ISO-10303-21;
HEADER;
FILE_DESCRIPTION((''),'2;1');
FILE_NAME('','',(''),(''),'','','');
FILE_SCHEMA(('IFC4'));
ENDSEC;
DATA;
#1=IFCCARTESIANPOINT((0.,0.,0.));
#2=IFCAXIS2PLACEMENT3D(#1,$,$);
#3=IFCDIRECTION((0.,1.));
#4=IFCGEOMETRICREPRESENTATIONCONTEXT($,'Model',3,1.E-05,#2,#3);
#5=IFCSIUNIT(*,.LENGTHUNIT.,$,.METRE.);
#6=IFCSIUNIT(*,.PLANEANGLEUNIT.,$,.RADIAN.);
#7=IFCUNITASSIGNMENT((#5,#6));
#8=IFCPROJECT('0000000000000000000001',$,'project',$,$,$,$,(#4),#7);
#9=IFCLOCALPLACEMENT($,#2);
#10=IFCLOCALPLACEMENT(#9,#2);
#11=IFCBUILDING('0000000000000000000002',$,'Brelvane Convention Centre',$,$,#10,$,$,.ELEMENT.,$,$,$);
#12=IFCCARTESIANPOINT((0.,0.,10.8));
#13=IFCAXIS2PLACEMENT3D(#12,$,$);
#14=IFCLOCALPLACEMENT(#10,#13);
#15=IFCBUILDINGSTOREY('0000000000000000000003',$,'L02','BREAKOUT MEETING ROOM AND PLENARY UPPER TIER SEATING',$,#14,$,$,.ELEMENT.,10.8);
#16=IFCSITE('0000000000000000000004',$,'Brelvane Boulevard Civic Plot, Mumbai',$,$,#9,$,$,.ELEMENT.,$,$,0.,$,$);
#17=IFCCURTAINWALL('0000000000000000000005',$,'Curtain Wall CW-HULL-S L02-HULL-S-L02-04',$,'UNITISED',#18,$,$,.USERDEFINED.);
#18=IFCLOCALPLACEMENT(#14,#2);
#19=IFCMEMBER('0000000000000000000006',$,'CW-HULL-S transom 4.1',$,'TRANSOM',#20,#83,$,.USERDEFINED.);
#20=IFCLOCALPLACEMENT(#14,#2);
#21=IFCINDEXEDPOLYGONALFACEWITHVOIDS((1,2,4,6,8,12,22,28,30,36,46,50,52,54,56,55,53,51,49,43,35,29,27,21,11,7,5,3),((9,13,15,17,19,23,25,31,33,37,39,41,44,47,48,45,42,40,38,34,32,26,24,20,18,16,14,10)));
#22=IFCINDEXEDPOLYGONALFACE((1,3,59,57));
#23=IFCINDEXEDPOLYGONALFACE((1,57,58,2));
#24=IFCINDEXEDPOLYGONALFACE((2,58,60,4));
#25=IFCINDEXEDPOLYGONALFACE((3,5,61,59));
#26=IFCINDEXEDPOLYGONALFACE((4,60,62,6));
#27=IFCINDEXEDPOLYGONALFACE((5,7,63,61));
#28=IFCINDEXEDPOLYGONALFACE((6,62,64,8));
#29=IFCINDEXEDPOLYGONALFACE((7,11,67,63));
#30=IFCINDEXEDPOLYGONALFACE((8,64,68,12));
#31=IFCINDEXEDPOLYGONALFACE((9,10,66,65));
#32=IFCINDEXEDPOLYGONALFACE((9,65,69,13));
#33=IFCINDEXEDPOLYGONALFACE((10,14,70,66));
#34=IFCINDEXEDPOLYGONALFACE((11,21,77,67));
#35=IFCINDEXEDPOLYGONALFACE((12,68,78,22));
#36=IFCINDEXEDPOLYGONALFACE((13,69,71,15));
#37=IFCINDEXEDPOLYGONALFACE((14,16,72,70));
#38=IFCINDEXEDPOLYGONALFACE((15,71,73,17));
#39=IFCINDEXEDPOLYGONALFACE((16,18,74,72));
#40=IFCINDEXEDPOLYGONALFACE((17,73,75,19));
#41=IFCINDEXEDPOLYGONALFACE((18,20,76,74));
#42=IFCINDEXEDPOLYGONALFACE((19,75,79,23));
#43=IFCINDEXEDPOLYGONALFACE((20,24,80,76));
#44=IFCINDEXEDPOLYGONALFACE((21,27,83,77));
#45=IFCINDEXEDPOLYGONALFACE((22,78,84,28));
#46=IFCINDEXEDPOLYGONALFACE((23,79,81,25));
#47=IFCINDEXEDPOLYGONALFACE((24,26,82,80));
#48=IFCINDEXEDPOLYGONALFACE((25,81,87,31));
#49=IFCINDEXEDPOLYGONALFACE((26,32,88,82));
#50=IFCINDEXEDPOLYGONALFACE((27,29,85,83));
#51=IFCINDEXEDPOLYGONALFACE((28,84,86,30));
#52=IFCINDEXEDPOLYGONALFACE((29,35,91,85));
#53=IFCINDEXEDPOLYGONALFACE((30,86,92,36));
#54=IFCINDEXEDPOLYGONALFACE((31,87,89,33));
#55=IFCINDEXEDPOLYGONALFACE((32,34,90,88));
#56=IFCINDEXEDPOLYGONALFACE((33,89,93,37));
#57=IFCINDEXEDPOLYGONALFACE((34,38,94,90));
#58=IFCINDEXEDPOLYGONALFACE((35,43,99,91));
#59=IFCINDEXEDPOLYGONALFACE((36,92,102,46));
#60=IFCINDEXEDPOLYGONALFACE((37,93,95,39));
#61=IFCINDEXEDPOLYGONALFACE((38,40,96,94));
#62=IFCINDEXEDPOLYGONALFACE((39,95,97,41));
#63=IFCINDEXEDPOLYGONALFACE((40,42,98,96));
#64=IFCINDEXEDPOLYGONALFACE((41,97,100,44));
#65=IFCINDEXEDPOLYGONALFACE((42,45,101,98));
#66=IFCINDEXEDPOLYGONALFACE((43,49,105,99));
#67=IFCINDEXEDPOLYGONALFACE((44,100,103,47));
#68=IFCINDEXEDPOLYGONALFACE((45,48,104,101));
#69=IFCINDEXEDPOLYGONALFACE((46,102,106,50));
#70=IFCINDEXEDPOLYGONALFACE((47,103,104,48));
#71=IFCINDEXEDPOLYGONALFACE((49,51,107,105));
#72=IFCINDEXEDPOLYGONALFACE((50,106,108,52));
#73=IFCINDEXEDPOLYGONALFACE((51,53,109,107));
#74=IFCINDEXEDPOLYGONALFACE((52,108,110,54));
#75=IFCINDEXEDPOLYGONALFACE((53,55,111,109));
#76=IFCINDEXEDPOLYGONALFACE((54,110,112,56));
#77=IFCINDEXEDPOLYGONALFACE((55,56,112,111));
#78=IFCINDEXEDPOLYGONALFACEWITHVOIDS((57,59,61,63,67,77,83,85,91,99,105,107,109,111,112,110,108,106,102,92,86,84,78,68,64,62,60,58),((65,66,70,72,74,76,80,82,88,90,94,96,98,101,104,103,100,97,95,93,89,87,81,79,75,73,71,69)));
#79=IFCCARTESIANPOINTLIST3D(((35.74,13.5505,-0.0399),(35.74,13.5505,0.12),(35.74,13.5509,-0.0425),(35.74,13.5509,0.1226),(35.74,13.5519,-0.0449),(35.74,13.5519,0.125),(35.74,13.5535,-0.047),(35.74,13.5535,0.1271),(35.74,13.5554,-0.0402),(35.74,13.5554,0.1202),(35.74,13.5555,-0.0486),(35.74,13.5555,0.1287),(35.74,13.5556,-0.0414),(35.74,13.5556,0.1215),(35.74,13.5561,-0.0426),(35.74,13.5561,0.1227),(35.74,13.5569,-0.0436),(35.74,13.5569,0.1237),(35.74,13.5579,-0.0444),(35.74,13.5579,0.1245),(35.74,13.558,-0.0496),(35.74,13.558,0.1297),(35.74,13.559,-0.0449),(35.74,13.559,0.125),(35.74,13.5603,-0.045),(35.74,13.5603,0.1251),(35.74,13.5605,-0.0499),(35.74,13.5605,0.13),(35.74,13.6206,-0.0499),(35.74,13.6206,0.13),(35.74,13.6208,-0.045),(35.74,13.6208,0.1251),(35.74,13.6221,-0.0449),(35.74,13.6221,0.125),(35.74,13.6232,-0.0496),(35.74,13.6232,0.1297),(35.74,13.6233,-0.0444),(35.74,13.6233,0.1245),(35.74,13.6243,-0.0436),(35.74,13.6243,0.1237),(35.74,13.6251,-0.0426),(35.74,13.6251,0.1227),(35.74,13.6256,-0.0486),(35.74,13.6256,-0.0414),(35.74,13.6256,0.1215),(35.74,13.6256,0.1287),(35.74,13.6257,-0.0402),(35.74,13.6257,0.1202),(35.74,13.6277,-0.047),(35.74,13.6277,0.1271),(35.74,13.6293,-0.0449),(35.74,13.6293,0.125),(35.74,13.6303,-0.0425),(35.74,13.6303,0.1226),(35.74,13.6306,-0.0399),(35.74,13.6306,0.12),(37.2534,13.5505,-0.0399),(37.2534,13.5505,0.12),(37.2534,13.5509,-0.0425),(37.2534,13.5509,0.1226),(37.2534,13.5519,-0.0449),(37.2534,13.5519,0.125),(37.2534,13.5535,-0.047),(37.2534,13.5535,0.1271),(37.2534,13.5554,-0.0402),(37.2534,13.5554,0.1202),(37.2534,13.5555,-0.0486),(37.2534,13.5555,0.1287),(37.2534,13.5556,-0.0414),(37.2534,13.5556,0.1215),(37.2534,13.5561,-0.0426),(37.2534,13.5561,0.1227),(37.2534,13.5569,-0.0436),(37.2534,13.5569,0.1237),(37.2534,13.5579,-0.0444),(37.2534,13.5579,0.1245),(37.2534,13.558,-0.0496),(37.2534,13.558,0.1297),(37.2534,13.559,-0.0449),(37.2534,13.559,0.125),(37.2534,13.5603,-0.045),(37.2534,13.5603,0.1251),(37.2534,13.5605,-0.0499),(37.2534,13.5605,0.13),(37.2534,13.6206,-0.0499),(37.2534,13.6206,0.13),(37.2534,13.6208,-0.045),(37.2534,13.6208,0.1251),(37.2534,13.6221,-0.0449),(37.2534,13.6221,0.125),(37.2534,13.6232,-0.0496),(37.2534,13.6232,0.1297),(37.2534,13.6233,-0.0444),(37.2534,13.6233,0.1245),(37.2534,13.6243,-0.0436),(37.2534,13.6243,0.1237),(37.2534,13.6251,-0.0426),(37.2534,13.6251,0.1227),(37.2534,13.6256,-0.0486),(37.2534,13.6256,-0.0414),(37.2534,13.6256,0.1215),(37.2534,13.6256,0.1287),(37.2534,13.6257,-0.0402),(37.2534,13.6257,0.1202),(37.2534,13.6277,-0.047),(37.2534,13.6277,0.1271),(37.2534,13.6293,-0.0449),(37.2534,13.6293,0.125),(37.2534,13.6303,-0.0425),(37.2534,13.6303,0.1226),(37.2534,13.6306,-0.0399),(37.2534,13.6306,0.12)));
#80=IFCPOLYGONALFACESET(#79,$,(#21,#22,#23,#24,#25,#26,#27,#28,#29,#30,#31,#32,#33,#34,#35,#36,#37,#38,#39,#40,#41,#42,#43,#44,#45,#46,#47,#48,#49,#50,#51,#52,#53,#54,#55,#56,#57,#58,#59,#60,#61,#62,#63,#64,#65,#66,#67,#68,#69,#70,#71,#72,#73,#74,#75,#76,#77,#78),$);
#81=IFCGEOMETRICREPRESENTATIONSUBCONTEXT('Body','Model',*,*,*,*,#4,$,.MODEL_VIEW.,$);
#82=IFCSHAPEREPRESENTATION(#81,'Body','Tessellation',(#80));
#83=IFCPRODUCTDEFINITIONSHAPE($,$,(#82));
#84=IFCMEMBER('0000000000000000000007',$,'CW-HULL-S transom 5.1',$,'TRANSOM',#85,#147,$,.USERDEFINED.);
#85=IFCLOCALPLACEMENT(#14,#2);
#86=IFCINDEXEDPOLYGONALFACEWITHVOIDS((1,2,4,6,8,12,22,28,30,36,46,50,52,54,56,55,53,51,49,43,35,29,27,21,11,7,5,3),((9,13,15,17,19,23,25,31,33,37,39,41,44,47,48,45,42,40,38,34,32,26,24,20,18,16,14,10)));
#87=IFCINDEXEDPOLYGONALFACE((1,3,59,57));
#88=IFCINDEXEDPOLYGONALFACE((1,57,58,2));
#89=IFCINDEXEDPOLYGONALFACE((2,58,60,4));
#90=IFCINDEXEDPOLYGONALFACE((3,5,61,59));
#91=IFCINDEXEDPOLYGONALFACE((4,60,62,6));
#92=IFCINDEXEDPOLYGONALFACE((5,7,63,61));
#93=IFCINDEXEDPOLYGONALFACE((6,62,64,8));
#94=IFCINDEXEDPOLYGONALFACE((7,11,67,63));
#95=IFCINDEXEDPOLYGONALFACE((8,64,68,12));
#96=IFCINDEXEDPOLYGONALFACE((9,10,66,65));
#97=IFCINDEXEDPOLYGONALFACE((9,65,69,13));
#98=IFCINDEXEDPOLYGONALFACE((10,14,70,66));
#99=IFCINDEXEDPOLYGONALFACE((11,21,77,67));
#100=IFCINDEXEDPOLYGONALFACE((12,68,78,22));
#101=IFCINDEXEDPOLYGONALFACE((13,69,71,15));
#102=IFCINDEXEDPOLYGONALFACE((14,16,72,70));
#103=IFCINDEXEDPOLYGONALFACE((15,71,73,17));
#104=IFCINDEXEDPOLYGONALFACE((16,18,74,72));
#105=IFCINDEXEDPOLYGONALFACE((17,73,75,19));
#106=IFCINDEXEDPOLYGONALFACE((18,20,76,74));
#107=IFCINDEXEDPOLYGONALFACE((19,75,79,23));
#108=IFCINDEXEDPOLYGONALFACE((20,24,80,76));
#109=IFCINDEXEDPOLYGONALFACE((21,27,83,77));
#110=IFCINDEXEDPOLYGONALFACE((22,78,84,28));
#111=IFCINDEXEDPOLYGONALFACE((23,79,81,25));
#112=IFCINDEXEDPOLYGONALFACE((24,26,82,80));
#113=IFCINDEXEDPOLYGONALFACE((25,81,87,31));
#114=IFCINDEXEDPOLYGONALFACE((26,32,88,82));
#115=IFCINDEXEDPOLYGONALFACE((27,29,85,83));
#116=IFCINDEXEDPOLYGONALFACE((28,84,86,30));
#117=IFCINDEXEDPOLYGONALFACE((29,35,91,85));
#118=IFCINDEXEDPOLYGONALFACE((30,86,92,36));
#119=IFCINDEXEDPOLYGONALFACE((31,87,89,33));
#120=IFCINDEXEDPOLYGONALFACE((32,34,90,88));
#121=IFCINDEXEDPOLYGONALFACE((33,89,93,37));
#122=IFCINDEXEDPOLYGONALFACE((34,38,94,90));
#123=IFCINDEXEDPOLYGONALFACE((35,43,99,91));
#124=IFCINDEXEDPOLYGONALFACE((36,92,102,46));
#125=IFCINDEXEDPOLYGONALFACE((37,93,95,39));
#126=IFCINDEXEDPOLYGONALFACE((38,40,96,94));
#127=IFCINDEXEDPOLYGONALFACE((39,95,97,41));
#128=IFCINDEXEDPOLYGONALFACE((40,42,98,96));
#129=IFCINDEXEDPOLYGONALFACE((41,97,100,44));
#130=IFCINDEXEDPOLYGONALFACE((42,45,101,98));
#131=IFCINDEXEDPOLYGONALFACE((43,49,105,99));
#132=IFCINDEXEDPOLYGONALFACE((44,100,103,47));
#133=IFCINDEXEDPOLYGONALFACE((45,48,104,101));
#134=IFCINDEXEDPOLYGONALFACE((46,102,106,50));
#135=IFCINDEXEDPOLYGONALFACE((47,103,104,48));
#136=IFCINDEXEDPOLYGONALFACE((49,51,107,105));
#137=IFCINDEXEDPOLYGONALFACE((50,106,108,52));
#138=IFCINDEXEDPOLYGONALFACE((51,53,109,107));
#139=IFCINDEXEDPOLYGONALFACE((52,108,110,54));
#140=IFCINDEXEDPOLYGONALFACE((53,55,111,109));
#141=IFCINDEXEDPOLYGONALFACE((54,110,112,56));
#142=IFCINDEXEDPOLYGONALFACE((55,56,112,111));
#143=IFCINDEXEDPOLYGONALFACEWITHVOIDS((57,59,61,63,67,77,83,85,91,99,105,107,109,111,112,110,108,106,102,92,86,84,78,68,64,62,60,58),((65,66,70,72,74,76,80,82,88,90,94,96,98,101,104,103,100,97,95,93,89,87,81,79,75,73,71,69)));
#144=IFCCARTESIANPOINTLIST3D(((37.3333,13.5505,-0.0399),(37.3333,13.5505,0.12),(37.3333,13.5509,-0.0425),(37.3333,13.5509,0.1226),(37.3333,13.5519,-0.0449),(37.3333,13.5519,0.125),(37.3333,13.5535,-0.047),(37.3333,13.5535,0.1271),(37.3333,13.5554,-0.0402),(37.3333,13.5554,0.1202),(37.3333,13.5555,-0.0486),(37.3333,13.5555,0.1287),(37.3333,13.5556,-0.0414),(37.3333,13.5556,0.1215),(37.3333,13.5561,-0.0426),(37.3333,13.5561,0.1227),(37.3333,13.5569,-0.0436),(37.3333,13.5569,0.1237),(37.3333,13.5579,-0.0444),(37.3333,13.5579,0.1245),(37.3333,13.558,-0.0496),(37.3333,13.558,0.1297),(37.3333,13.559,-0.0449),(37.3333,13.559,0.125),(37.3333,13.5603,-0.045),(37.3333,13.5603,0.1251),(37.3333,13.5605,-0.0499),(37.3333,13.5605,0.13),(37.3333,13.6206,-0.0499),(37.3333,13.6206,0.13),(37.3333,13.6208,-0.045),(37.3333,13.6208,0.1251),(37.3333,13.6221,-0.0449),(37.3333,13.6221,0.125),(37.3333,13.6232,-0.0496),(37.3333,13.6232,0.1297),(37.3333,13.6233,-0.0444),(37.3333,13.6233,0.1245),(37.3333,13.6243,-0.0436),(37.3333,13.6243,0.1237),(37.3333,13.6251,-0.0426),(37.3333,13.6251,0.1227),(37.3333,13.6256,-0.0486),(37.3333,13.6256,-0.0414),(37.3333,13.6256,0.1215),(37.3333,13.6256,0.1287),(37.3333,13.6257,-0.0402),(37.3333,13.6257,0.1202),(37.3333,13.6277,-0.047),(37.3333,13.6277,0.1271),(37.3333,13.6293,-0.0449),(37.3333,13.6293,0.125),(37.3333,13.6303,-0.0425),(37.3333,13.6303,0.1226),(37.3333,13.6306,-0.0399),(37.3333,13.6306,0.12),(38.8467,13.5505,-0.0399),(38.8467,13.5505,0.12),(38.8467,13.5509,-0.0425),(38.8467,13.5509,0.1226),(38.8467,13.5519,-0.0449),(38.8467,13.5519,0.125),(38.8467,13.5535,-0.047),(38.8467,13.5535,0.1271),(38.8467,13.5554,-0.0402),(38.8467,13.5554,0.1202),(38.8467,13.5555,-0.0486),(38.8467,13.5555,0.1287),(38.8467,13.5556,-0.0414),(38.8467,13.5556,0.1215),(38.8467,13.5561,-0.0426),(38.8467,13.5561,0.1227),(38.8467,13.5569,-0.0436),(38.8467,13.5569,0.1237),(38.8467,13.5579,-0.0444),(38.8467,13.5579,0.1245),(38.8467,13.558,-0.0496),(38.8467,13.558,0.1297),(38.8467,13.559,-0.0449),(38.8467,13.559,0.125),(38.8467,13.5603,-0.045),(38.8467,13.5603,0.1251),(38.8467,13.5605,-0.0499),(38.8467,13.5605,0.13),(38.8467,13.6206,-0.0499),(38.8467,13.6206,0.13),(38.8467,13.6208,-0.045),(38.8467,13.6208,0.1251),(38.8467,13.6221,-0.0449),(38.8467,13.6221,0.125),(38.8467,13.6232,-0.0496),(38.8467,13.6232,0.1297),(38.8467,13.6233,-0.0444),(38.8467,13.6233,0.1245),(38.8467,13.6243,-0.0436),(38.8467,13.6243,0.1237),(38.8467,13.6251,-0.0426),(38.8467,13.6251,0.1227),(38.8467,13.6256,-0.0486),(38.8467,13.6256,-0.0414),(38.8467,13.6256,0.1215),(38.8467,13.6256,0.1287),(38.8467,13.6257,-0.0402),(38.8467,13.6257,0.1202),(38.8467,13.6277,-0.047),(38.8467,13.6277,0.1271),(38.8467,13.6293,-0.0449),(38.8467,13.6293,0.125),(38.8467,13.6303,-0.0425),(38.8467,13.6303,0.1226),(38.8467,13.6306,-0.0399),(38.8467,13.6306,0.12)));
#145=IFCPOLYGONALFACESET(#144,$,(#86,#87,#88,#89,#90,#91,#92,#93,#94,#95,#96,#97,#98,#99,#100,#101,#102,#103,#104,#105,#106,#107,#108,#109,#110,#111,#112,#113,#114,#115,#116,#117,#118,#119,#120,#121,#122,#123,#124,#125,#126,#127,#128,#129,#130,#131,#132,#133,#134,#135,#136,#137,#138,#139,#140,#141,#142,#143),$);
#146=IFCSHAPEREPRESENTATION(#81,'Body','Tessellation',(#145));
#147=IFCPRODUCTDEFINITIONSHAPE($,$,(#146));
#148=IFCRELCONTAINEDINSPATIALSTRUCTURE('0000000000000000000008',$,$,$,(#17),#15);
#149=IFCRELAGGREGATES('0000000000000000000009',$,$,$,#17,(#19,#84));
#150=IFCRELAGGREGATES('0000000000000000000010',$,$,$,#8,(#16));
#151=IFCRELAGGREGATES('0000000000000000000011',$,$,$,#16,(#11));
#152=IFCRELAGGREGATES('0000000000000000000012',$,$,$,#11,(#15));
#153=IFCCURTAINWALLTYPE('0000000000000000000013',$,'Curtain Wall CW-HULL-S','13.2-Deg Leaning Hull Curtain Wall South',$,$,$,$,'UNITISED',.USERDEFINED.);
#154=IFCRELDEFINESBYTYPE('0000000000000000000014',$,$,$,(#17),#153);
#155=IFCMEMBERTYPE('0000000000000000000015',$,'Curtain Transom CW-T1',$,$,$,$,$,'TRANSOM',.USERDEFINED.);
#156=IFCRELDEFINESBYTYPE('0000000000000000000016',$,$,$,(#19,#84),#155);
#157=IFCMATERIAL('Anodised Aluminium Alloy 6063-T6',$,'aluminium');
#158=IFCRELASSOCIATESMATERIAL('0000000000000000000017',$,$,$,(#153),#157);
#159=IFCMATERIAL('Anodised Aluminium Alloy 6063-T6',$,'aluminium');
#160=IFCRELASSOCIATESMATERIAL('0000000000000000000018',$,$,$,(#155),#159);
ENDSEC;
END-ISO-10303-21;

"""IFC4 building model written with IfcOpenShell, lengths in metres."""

from ifc_helpers import new_model, si_unit, direction, frame, origin, origin_2d, place, context, subcontext, project, spatial, hollow_rectangle, extrude, material, material_profile, profile_set, type_object, element, aggregate, save


model = new_model("IFC4")

# Units and contexts
model_context = context("Model", 3, precision=1e-05, world=origin(), true_north=direction((0.0, 1.0)))
body_context = subcontext(model_context, "Body", "Model", "MODEL_VIEW")
ifc_project = project(units=[si_unit("LENGTHUNIT", "METRE"), si_unit("PLANEANGLEUNIT", "RADIAN")], contexts=[model_context])

# Site, building, storey
site_placement = place(None, origin())
site = spatial("IfcSite", under=ifc_project, at=site_placement, Name="Brelvane Boulevard Civic Plot, Mumbai", CompositionType="ELEMENT", RefElevation=0.0)
building_placement = place(site_placement, origin())
building = spatial("IfcBuilding", under=site, at=building_placement, Name="Brelvane Convention Centre", CompositionType="ELEMENT")
storey_placement = place(building_placement, frame((0.0, 0.0, 10.8)))
storey = spatial("IfcBuildingStorey", under=building, at=storey_placement, Name="L02", Description="BREAKOUT MEETING ROOM AND PLENARY UPPER TIER SEATING", CompositionType="ELEMENT", Elevation=10.8)

# Shared definitions
ifc_material_1 = material(Name="Anodised Aluminium Alloy 6063-T6", Category="aluminium")
curtain_wall_type = type_object("IfcCurtainWallType", Name="Curtain Wall CW-HULL-S", Description="13.2-Deg Leaning Hull Curtain Wall South", ElementType="UNITISED", PredefinedType="USERDEFINED", material=ifc_material_1)

# Curtain wall, members
curtain_wall_1_placement = place(storey_placement, origin())
curtain_wall_1 = element("IfcCurtainWall", 1, at=curtain_wall_1_placement, inside=storey, type_object=curtain_wall_type, Name="Curtain Wall CW-HULL-S L02-HULL-S-L02-04", ObjectType="UNITISED", PredefinedType="USERDEFINED")
ifc_material_2 = material(Name="Anodised Aluminium Alloy 6063-T6", Category="aluminium")
ifc_material_profile_1 = material_profile(ifc_material_2, hollow_rectangle(XDim=0.0801, YDim=0.1799, WallThickness=0.0049, InnerFilletRadius=0.0049, OuterFilletRadius=0.01, at=origin_2d()), Name="ALU-T 180x80x5.0")
ifc_profile_set_1 = profile_set([ifc_material_profile_1], Name="Anodised Aluminium Alloy 6063-T6")
member_type_1 = type_object("IfcMemberType", Name="Curtain Transom CW-T1", ElementType="TRANSOM", PredefinedType="USERDEFINED", material=ifc_profile_set_1)
member_1_placement = place(storey_placement, frame((35.74, 13.5906, 0.04), z_axis=(1.0, 0.0, 0.0), x_axis=(0.0, 1.0, 0.0)))
member_1 = element("IfcMember", 2, at=member_1_placement, type_object=member_type_1, Name="CW-HULL-S transom 4.1", ObjectType="TRANSOM", PredefinedType="USERDEFINED", context=body_context, shape_type="SweptSolid", body=[
    extrude(hollow_rectangle(XDim=0.0801, YDim=0.1799, WallThickness=0.0049, InnerFilletRadius=0.0049, OuterFilletRadius=0.01, at=origin_2d()), origin(), (0.0, 0.0, 1.0), 1.5134),
])
member_2_placement = place(storey_placement, frame((37.3333, 13.5906, 0.04), z_axis=(1.0, 0.0, 0.0), x_axis=(0.0, 1.0, 0.0)))
member_2 = element("IfcMember", 3, at=member_2_placement, type_object=member_type_1, Name="CW-HULL-S transom 5.1", ObjectType="TRANSOM", PredefinedType="USERDEFINED", context=body_context, shape_type="SweptSolid", body=[
    extrude(hollow_rectangle(XDim=0.0801, YDim=0.1799, WallThickness=0.0049, InnerFilletRadius=0.0049, OuterFilletRadius=0.01, at=origin_2d()), origin(), (0.0, 0.0, 1.0), 1.5134),
])

aggregate(curtain_wall_1, [member_1, member_2])

save(model, "model.ifc")
